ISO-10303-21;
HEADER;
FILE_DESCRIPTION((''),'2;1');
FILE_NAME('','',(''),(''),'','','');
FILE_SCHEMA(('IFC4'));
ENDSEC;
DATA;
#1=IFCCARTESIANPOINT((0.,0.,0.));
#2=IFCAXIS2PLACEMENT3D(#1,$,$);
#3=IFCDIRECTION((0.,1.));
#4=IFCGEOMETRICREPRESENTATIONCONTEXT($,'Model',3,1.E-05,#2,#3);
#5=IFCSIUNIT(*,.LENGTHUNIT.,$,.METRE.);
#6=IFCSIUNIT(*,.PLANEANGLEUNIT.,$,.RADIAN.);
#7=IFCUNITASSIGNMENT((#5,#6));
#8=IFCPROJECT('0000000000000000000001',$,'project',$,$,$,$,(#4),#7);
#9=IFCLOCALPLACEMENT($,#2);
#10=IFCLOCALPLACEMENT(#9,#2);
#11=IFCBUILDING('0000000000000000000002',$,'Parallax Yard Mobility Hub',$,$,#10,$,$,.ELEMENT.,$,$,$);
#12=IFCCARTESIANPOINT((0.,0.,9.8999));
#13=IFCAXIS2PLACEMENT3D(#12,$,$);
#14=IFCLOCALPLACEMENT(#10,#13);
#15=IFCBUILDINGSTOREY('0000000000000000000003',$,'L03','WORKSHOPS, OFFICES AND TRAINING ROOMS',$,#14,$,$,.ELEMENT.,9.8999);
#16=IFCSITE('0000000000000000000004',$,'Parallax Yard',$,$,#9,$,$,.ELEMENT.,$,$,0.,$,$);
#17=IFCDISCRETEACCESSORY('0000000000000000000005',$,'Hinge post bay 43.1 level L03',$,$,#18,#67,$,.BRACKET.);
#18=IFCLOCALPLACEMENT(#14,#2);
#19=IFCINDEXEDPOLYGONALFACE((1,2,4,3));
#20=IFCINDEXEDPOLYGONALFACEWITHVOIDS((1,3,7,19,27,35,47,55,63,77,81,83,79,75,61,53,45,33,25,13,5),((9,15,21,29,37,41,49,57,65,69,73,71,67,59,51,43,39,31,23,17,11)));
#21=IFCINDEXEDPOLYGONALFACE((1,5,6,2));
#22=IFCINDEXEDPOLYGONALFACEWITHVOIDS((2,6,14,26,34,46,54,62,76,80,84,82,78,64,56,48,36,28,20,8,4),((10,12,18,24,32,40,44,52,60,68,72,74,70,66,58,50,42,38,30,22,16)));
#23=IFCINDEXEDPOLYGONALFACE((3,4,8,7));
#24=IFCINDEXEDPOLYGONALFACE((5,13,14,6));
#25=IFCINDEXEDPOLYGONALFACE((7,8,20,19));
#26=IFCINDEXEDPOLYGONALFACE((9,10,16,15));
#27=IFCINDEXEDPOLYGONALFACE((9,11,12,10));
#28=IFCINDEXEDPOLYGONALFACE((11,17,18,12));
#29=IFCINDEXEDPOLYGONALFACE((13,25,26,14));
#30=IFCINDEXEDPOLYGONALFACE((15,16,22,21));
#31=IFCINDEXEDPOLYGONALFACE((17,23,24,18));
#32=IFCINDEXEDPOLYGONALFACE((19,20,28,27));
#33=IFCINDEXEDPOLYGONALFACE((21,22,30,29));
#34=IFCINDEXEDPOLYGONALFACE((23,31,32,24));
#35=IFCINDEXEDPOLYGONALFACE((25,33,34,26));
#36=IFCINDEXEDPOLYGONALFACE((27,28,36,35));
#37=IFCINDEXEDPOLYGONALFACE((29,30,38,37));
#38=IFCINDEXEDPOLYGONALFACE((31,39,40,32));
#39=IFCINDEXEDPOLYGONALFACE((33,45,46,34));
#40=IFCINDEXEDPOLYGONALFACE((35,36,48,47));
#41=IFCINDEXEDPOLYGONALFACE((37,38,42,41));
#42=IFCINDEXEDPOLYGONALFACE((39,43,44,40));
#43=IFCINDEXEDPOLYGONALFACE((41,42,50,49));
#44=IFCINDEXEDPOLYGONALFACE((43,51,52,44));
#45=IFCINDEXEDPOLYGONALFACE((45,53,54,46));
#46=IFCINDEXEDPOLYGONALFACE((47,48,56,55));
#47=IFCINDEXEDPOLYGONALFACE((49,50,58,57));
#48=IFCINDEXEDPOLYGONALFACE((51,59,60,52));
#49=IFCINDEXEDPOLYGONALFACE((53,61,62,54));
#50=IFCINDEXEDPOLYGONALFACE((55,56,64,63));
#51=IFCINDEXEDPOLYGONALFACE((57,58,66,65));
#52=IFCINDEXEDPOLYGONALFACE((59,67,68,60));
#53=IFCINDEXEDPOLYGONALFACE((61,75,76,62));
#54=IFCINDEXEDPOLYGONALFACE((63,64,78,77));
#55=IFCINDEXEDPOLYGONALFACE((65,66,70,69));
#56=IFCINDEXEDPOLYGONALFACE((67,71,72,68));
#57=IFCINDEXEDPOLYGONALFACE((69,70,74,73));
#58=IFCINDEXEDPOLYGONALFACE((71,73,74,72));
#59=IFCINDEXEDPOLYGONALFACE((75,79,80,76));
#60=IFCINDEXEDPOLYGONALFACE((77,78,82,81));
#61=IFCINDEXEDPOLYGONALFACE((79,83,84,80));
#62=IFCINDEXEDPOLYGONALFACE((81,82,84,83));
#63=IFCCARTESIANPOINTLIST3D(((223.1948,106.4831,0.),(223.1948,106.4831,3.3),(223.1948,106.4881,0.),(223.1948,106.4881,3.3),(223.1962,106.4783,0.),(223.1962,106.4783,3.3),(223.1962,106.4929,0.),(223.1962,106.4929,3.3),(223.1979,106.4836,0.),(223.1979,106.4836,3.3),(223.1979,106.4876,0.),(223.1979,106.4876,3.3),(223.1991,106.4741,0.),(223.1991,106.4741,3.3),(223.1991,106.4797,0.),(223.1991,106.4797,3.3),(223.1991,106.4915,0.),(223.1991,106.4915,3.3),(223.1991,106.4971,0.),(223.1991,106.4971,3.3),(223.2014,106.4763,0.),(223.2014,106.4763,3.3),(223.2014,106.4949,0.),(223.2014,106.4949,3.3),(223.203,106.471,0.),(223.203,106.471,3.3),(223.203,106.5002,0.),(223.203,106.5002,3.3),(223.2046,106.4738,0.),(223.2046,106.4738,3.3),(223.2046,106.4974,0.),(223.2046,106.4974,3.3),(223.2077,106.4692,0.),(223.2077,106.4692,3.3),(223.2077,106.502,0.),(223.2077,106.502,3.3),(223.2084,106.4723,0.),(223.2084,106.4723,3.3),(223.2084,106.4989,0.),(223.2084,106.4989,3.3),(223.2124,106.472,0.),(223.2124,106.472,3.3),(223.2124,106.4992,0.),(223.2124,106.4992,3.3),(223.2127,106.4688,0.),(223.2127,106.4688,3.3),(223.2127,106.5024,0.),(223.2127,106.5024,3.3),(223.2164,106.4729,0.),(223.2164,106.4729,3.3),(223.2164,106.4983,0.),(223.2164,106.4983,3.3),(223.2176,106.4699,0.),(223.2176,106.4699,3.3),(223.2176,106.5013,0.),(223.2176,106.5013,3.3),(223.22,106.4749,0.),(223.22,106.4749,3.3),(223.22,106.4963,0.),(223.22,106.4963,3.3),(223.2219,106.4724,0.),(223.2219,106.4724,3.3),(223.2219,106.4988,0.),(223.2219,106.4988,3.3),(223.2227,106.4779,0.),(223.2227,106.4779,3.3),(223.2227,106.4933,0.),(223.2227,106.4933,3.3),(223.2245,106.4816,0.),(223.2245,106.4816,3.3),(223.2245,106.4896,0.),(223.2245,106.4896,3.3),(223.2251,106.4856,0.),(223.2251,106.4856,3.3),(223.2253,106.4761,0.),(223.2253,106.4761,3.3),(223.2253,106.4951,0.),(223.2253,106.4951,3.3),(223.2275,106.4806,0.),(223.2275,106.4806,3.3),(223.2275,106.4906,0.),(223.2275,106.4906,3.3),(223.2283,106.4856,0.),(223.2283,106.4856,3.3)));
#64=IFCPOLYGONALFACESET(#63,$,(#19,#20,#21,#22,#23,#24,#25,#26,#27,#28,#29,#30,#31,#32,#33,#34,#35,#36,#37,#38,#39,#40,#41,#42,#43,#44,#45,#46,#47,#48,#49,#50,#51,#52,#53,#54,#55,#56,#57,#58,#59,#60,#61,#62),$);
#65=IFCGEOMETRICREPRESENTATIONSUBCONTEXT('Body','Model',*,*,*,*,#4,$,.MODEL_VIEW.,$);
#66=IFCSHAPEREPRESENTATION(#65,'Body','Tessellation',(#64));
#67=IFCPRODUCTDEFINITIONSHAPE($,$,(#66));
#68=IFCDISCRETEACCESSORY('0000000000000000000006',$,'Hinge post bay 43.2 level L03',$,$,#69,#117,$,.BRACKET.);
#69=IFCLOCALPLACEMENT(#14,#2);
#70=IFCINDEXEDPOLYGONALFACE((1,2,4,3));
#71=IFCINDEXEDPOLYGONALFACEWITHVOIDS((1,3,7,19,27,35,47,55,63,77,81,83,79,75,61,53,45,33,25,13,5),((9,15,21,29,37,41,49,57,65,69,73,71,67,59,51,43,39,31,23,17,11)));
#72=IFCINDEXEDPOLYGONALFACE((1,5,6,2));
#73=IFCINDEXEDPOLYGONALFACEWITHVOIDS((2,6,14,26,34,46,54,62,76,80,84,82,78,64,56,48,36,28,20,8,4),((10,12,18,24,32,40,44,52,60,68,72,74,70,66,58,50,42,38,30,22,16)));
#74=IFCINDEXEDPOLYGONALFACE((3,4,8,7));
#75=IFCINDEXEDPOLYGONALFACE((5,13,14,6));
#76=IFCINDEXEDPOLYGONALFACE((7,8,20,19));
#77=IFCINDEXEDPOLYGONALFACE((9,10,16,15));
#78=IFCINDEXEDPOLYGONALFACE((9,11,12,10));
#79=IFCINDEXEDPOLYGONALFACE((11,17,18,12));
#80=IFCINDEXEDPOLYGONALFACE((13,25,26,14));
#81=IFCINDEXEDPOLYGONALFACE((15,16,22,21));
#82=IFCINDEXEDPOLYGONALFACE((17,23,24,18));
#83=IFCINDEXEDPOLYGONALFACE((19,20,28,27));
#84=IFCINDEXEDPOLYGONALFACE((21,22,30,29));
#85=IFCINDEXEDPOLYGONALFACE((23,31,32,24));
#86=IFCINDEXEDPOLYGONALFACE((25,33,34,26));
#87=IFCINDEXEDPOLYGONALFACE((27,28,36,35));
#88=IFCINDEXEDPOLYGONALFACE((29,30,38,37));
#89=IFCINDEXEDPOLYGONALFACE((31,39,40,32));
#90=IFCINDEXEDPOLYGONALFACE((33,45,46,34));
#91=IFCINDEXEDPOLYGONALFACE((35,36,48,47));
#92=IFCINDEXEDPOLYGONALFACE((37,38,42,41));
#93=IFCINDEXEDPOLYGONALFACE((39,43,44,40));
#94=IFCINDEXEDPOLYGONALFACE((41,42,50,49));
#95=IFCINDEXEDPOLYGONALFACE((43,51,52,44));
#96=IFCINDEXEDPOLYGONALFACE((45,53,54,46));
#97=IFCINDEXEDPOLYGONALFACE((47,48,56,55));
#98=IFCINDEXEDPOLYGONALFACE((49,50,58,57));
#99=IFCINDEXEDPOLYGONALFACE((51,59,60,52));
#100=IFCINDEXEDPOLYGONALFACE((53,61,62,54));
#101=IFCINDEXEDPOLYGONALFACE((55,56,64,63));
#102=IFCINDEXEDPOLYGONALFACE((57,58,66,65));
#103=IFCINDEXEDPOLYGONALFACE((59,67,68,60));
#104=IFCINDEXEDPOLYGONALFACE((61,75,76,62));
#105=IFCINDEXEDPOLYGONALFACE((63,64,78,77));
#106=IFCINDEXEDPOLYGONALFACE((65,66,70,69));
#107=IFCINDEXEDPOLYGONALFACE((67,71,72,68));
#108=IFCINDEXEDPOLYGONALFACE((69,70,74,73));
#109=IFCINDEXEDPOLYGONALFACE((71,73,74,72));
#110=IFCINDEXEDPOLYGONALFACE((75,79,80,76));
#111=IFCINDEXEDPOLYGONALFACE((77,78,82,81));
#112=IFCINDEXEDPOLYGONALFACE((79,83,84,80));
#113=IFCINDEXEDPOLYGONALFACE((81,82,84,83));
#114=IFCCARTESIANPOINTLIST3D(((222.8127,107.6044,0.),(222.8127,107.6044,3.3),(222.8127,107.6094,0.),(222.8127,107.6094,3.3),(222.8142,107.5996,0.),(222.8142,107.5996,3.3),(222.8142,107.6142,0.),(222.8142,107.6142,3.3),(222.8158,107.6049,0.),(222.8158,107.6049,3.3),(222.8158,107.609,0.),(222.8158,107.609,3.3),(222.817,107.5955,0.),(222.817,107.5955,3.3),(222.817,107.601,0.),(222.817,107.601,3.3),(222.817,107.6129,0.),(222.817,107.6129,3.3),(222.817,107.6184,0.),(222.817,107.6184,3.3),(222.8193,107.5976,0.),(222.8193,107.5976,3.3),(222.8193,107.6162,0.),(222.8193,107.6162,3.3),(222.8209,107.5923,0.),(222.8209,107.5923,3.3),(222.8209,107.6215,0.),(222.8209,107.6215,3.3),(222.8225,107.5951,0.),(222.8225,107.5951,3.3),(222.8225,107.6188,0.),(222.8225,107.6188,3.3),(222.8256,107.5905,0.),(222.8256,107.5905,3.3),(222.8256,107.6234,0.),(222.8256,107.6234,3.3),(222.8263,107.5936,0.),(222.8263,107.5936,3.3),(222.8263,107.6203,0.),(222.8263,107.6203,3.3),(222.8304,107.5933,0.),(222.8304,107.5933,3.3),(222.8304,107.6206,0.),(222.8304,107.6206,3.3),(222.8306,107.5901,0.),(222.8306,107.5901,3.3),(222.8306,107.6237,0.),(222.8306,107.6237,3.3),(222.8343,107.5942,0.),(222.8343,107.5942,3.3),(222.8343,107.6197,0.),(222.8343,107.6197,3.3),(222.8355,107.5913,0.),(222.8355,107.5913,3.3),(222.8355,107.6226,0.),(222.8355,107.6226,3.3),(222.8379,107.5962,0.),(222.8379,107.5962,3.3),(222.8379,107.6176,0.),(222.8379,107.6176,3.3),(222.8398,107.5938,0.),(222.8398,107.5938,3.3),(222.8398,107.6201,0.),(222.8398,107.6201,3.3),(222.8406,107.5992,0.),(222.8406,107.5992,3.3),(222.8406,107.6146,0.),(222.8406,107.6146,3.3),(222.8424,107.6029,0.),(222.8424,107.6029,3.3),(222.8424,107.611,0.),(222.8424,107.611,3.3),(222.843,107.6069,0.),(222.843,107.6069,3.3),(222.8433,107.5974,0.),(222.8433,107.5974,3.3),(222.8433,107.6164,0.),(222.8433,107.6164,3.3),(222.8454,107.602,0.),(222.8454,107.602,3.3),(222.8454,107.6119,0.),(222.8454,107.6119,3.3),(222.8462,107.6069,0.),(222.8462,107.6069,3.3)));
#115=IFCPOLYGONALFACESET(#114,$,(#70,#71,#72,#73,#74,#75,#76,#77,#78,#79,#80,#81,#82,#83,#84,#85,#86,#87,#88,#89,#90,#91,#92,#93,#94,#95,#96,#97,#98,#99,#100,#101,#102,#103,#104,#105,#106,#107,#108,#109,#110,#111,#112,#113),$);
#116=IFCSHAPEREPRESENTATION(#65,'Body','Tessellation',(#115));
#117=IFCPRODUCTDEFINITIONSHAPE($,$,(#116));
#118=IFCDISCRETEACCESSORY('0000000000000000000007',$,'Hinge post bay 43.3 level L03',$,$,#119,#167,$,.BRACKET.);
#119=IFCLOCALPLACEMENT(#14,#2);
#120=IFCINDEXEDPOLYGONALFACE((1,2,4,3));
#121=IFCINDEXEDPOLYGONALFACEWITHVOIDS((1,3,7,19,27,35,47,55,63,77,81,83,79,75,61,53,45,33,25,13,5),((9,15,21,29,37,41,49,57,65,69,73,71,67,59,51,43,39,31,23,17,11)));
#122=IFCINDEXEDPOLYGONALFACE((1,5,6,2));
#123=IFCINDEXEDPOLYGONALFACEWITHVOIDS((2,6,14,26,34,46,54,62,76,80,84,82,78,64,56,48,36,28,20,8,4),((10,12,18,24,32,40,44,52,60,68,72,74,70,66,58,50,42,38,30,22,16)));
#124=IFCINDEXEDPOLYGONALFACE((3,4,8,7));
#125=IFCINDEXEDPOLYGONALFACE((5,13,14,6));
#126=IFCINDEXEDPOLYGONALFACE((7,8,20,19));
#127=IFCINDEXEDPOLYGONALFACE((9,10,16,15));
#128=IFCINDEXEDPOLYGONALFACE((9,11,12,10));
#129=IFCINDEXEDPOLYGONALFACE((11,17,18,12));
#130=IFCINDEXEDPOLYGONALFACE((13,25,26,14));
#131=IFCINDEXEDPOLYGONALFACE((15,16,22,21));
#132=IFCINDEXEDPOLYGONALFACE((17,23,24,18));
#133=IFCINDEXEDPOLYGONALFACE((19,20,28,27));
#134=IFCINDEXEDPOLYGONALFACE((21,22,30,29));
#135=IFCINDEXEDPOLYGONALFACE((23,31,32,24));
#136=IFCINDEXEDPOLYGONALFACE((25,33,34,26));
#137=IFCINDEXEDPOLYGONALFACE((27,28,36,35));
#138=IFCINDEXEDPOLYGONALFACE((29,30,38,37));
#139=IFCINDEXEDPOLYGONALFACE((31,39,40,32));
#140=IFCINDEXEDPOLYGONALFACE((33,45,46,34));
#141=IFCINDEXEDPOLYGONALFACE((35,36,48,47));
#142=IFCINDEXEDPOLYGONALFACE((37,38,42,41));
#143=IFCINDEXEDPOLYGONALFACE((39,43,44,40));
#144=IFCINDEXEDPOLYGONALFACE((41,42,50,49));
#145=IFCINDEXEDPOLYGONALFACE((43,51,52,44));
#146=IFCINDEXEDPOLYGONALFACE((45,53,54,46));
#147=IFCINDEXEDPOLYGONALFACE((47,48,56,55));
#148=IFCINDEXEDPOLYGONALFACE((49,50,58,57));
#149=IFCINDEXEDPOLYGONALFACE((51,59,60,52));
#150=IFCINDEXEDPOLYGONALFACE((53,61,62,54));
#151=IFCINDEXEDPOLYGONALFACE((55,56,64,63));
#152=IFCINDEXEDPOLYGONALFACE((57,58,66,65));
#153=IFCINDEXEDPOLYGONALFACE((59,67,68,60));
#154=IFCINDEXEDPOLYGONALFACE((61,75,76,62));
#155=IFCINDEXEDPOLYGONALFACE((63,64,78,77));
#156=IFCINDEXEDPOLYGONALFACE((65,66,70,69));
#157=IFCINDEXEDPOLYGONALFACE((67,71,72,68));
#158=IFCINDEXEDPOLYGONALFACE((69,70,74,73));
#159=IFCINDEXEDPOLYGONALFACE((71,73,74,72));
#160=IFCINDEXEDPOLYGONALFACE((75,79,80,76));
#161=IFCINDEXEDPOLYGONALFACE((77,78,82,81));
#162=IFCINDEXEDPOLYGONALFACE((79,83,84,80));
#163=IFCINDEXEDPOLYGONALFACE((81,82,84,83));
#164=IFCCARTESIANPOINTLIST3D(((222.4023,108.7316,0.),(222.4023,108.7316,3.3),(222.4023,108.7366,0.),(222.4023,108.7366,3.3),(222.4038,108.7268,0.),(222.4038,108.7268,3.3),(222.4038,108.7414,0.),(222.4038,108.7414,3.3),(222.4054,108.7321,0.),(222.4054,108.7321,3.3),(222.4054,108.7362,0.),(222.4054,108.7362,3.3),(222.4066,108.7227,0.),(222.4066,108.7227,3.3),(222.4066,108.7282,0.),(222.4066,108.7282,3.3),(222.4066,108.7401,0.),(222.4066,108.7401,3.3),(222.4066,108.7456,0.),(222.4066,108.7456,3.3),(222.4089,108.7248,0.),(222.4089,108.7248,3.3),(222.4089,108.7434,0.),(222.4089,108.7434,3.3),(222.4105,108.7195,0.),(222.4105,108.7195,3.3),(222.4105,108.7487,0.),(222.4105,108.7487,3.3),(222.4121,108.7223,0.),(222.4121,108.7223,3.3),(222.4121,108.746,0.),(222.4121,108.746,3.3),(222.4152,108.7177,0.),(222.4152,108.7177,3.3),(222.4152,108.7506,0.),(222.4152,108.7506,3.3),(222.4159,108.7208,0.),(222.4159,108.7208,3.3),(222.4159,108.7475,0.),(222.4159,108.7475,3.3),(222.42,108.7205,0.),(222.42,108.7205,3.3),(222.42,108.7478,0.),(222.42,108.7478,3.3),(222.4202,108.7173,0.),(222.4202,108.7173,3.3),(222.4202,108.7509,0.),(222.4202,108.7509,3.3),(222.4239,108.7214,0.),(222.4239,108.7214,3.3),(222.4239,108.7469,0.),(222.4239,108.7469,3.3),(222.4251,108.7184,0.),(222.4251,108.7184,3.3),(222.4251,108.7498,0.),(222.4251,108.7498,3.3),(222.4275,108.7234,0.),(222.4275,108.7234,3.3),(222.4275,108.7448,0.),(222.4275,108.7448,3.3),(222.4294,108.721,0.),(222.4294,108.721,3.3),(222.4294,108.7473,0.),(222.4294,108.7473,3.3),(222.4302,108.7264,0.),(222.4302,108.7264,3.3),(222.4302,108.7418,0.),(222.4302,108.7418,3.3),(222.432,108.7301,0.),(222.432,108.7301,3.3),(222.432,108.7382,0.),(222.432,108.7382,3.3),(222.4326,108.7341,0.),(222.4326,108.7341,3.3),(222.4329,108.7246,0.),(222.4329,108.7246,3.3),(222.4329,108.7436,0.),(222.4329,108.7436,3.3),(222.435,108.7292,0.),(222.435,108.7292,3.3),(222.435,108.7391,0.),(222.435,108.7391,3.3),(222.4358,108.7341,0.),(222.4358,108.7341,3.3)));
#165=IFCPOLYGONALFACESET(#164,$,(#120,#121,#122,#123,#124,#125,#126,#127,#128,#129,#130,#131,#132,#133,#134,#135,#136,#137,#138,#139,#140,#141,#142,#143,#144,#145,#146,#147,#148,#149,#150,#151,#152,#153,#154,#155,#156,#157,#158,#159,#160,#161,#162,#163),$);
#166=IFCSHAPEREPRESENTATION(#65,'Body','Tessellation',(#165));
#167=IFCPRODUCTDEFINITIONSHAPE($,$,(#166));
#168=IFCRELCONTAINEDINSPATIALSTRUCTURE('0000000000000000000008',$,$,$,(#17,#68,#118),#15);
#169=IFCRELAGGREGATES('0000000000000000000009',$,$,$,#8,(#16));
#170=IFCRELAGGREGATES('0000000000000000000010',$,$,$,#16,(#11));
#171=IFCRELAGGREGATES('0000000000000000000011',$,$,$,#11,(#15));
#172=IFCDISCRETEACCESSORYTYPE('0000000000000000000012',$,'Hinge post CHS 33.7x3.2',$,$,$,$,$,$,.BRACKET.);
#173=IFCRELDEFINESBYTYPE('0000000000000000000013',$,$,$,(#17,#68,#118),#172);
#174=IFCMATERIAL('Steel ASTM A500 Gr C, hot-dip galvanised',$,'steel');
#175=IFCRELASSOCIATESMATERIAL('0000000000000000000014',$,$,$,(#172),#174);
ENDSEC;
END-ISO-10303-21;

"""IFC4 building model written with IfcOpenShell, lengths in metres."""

from ifc_helpers import new_model, si_unit, direction, frame, origin, origin_2d, place, context, subcontext, project, spatial, hollow_circle, extrude, material, material_profile, profile_set, type_object, element, save


model = new_model("IFC4")

# Units and contexts
model_context = context("Model", 3, precision=1e-05, world=origin(), true_north=direction((0.0, 1.0)))
body_context = subcontext(model_context, "Body", "Model", "MODEL_VIEW")
ifc_project = project(units=[si_unit("LENGTHUNIT", "METRE"), si_unit("PLANEANGLEUNIT", "RADIAN")], contexts=[model_context])

# Site, building, storey
site_placement = place(None, origin())
site = spatial("IfcSite", under=ifc_project, at=site_placement, Name="Parallax Yard", CompositionType="ELEMENT", RefElevation=0.0)
building_placement = place(site_placement, origin())
building = spatial("IfcBuilding", under=site, at=building_placement, Name="Parallax Yard Mobility Hub", CompositionType="ELEMENT")
storey_placement = place(building_placement, frame((0.0, 0.0, 9.8999)))
storey = spatial("IfcBuildingStorey", under=building, at=storey_placement, Name="L03", Description="WORKSHOPS, OFFICES AND TRAINING ROOMS", CompositionType="ELEMENT", Elevation=9.8999)

# Discrete accessories
ifc_material_1 = material(Name="Steel ASTM A500 Gr C, hot-dip galvanised", Category="steel")
ifc_material_profile_1 = material_profile(ifc_material_1, hollow_circle(Radius=0.0168, WallThickness=0.0032, at=origin_2d()), Name="CHS 33.7x3.2")
ifc_profile_set_1 = profile_set([ifc_material_profile_1], Name="Steel ASTM A500 Gr C, hot-dip galvanised")
discrete_accessory_type_1 = type_object("IfcDiscreteAccessoryType", Name="Hinge post CHS 33.7x3.2", PredefinedType="BRACKET", material=ifc_profile_set_1)
for number, where, z_axis, x_axis, name in (
    (1, (223.2114, 106.4856, 0.0), (0.0, 0.0, 1.0), (1.0, 0.0, 0.0), "Hinge post bay 43.1 level L03"),
    (2, (222.8293, 107.6069, 0.0), (0.0, 0.0, 1.0), (1.0, 0.0, 0.0), "Hinge post bay 43.2 level L03"),
    (3, (222.4189, 108.7341, 0.0), (0.0, 0.0, 1.0), (1.0, 0.0, 0.0), "Hinge post bay 43.3 level L03"),
):
    element("IfcDiscreteAccessory", number, at=place(storey_placement, frame(where, z_axis=z_axis, x_axis=x_axis)), inside=storey, type_object=discrete_accessory_type_1, Name=name, PredefinedType="BRACKET", context=body_context, shape_type="SweptSolid", body=[
        extrude(hollow_circle(Radius=0.0168, WallThickness=0.0032, at=origin_2d()), origin(), (0.0, 0.0, 1.0), 3.3),
    ])

save(model, "model.ifc")
